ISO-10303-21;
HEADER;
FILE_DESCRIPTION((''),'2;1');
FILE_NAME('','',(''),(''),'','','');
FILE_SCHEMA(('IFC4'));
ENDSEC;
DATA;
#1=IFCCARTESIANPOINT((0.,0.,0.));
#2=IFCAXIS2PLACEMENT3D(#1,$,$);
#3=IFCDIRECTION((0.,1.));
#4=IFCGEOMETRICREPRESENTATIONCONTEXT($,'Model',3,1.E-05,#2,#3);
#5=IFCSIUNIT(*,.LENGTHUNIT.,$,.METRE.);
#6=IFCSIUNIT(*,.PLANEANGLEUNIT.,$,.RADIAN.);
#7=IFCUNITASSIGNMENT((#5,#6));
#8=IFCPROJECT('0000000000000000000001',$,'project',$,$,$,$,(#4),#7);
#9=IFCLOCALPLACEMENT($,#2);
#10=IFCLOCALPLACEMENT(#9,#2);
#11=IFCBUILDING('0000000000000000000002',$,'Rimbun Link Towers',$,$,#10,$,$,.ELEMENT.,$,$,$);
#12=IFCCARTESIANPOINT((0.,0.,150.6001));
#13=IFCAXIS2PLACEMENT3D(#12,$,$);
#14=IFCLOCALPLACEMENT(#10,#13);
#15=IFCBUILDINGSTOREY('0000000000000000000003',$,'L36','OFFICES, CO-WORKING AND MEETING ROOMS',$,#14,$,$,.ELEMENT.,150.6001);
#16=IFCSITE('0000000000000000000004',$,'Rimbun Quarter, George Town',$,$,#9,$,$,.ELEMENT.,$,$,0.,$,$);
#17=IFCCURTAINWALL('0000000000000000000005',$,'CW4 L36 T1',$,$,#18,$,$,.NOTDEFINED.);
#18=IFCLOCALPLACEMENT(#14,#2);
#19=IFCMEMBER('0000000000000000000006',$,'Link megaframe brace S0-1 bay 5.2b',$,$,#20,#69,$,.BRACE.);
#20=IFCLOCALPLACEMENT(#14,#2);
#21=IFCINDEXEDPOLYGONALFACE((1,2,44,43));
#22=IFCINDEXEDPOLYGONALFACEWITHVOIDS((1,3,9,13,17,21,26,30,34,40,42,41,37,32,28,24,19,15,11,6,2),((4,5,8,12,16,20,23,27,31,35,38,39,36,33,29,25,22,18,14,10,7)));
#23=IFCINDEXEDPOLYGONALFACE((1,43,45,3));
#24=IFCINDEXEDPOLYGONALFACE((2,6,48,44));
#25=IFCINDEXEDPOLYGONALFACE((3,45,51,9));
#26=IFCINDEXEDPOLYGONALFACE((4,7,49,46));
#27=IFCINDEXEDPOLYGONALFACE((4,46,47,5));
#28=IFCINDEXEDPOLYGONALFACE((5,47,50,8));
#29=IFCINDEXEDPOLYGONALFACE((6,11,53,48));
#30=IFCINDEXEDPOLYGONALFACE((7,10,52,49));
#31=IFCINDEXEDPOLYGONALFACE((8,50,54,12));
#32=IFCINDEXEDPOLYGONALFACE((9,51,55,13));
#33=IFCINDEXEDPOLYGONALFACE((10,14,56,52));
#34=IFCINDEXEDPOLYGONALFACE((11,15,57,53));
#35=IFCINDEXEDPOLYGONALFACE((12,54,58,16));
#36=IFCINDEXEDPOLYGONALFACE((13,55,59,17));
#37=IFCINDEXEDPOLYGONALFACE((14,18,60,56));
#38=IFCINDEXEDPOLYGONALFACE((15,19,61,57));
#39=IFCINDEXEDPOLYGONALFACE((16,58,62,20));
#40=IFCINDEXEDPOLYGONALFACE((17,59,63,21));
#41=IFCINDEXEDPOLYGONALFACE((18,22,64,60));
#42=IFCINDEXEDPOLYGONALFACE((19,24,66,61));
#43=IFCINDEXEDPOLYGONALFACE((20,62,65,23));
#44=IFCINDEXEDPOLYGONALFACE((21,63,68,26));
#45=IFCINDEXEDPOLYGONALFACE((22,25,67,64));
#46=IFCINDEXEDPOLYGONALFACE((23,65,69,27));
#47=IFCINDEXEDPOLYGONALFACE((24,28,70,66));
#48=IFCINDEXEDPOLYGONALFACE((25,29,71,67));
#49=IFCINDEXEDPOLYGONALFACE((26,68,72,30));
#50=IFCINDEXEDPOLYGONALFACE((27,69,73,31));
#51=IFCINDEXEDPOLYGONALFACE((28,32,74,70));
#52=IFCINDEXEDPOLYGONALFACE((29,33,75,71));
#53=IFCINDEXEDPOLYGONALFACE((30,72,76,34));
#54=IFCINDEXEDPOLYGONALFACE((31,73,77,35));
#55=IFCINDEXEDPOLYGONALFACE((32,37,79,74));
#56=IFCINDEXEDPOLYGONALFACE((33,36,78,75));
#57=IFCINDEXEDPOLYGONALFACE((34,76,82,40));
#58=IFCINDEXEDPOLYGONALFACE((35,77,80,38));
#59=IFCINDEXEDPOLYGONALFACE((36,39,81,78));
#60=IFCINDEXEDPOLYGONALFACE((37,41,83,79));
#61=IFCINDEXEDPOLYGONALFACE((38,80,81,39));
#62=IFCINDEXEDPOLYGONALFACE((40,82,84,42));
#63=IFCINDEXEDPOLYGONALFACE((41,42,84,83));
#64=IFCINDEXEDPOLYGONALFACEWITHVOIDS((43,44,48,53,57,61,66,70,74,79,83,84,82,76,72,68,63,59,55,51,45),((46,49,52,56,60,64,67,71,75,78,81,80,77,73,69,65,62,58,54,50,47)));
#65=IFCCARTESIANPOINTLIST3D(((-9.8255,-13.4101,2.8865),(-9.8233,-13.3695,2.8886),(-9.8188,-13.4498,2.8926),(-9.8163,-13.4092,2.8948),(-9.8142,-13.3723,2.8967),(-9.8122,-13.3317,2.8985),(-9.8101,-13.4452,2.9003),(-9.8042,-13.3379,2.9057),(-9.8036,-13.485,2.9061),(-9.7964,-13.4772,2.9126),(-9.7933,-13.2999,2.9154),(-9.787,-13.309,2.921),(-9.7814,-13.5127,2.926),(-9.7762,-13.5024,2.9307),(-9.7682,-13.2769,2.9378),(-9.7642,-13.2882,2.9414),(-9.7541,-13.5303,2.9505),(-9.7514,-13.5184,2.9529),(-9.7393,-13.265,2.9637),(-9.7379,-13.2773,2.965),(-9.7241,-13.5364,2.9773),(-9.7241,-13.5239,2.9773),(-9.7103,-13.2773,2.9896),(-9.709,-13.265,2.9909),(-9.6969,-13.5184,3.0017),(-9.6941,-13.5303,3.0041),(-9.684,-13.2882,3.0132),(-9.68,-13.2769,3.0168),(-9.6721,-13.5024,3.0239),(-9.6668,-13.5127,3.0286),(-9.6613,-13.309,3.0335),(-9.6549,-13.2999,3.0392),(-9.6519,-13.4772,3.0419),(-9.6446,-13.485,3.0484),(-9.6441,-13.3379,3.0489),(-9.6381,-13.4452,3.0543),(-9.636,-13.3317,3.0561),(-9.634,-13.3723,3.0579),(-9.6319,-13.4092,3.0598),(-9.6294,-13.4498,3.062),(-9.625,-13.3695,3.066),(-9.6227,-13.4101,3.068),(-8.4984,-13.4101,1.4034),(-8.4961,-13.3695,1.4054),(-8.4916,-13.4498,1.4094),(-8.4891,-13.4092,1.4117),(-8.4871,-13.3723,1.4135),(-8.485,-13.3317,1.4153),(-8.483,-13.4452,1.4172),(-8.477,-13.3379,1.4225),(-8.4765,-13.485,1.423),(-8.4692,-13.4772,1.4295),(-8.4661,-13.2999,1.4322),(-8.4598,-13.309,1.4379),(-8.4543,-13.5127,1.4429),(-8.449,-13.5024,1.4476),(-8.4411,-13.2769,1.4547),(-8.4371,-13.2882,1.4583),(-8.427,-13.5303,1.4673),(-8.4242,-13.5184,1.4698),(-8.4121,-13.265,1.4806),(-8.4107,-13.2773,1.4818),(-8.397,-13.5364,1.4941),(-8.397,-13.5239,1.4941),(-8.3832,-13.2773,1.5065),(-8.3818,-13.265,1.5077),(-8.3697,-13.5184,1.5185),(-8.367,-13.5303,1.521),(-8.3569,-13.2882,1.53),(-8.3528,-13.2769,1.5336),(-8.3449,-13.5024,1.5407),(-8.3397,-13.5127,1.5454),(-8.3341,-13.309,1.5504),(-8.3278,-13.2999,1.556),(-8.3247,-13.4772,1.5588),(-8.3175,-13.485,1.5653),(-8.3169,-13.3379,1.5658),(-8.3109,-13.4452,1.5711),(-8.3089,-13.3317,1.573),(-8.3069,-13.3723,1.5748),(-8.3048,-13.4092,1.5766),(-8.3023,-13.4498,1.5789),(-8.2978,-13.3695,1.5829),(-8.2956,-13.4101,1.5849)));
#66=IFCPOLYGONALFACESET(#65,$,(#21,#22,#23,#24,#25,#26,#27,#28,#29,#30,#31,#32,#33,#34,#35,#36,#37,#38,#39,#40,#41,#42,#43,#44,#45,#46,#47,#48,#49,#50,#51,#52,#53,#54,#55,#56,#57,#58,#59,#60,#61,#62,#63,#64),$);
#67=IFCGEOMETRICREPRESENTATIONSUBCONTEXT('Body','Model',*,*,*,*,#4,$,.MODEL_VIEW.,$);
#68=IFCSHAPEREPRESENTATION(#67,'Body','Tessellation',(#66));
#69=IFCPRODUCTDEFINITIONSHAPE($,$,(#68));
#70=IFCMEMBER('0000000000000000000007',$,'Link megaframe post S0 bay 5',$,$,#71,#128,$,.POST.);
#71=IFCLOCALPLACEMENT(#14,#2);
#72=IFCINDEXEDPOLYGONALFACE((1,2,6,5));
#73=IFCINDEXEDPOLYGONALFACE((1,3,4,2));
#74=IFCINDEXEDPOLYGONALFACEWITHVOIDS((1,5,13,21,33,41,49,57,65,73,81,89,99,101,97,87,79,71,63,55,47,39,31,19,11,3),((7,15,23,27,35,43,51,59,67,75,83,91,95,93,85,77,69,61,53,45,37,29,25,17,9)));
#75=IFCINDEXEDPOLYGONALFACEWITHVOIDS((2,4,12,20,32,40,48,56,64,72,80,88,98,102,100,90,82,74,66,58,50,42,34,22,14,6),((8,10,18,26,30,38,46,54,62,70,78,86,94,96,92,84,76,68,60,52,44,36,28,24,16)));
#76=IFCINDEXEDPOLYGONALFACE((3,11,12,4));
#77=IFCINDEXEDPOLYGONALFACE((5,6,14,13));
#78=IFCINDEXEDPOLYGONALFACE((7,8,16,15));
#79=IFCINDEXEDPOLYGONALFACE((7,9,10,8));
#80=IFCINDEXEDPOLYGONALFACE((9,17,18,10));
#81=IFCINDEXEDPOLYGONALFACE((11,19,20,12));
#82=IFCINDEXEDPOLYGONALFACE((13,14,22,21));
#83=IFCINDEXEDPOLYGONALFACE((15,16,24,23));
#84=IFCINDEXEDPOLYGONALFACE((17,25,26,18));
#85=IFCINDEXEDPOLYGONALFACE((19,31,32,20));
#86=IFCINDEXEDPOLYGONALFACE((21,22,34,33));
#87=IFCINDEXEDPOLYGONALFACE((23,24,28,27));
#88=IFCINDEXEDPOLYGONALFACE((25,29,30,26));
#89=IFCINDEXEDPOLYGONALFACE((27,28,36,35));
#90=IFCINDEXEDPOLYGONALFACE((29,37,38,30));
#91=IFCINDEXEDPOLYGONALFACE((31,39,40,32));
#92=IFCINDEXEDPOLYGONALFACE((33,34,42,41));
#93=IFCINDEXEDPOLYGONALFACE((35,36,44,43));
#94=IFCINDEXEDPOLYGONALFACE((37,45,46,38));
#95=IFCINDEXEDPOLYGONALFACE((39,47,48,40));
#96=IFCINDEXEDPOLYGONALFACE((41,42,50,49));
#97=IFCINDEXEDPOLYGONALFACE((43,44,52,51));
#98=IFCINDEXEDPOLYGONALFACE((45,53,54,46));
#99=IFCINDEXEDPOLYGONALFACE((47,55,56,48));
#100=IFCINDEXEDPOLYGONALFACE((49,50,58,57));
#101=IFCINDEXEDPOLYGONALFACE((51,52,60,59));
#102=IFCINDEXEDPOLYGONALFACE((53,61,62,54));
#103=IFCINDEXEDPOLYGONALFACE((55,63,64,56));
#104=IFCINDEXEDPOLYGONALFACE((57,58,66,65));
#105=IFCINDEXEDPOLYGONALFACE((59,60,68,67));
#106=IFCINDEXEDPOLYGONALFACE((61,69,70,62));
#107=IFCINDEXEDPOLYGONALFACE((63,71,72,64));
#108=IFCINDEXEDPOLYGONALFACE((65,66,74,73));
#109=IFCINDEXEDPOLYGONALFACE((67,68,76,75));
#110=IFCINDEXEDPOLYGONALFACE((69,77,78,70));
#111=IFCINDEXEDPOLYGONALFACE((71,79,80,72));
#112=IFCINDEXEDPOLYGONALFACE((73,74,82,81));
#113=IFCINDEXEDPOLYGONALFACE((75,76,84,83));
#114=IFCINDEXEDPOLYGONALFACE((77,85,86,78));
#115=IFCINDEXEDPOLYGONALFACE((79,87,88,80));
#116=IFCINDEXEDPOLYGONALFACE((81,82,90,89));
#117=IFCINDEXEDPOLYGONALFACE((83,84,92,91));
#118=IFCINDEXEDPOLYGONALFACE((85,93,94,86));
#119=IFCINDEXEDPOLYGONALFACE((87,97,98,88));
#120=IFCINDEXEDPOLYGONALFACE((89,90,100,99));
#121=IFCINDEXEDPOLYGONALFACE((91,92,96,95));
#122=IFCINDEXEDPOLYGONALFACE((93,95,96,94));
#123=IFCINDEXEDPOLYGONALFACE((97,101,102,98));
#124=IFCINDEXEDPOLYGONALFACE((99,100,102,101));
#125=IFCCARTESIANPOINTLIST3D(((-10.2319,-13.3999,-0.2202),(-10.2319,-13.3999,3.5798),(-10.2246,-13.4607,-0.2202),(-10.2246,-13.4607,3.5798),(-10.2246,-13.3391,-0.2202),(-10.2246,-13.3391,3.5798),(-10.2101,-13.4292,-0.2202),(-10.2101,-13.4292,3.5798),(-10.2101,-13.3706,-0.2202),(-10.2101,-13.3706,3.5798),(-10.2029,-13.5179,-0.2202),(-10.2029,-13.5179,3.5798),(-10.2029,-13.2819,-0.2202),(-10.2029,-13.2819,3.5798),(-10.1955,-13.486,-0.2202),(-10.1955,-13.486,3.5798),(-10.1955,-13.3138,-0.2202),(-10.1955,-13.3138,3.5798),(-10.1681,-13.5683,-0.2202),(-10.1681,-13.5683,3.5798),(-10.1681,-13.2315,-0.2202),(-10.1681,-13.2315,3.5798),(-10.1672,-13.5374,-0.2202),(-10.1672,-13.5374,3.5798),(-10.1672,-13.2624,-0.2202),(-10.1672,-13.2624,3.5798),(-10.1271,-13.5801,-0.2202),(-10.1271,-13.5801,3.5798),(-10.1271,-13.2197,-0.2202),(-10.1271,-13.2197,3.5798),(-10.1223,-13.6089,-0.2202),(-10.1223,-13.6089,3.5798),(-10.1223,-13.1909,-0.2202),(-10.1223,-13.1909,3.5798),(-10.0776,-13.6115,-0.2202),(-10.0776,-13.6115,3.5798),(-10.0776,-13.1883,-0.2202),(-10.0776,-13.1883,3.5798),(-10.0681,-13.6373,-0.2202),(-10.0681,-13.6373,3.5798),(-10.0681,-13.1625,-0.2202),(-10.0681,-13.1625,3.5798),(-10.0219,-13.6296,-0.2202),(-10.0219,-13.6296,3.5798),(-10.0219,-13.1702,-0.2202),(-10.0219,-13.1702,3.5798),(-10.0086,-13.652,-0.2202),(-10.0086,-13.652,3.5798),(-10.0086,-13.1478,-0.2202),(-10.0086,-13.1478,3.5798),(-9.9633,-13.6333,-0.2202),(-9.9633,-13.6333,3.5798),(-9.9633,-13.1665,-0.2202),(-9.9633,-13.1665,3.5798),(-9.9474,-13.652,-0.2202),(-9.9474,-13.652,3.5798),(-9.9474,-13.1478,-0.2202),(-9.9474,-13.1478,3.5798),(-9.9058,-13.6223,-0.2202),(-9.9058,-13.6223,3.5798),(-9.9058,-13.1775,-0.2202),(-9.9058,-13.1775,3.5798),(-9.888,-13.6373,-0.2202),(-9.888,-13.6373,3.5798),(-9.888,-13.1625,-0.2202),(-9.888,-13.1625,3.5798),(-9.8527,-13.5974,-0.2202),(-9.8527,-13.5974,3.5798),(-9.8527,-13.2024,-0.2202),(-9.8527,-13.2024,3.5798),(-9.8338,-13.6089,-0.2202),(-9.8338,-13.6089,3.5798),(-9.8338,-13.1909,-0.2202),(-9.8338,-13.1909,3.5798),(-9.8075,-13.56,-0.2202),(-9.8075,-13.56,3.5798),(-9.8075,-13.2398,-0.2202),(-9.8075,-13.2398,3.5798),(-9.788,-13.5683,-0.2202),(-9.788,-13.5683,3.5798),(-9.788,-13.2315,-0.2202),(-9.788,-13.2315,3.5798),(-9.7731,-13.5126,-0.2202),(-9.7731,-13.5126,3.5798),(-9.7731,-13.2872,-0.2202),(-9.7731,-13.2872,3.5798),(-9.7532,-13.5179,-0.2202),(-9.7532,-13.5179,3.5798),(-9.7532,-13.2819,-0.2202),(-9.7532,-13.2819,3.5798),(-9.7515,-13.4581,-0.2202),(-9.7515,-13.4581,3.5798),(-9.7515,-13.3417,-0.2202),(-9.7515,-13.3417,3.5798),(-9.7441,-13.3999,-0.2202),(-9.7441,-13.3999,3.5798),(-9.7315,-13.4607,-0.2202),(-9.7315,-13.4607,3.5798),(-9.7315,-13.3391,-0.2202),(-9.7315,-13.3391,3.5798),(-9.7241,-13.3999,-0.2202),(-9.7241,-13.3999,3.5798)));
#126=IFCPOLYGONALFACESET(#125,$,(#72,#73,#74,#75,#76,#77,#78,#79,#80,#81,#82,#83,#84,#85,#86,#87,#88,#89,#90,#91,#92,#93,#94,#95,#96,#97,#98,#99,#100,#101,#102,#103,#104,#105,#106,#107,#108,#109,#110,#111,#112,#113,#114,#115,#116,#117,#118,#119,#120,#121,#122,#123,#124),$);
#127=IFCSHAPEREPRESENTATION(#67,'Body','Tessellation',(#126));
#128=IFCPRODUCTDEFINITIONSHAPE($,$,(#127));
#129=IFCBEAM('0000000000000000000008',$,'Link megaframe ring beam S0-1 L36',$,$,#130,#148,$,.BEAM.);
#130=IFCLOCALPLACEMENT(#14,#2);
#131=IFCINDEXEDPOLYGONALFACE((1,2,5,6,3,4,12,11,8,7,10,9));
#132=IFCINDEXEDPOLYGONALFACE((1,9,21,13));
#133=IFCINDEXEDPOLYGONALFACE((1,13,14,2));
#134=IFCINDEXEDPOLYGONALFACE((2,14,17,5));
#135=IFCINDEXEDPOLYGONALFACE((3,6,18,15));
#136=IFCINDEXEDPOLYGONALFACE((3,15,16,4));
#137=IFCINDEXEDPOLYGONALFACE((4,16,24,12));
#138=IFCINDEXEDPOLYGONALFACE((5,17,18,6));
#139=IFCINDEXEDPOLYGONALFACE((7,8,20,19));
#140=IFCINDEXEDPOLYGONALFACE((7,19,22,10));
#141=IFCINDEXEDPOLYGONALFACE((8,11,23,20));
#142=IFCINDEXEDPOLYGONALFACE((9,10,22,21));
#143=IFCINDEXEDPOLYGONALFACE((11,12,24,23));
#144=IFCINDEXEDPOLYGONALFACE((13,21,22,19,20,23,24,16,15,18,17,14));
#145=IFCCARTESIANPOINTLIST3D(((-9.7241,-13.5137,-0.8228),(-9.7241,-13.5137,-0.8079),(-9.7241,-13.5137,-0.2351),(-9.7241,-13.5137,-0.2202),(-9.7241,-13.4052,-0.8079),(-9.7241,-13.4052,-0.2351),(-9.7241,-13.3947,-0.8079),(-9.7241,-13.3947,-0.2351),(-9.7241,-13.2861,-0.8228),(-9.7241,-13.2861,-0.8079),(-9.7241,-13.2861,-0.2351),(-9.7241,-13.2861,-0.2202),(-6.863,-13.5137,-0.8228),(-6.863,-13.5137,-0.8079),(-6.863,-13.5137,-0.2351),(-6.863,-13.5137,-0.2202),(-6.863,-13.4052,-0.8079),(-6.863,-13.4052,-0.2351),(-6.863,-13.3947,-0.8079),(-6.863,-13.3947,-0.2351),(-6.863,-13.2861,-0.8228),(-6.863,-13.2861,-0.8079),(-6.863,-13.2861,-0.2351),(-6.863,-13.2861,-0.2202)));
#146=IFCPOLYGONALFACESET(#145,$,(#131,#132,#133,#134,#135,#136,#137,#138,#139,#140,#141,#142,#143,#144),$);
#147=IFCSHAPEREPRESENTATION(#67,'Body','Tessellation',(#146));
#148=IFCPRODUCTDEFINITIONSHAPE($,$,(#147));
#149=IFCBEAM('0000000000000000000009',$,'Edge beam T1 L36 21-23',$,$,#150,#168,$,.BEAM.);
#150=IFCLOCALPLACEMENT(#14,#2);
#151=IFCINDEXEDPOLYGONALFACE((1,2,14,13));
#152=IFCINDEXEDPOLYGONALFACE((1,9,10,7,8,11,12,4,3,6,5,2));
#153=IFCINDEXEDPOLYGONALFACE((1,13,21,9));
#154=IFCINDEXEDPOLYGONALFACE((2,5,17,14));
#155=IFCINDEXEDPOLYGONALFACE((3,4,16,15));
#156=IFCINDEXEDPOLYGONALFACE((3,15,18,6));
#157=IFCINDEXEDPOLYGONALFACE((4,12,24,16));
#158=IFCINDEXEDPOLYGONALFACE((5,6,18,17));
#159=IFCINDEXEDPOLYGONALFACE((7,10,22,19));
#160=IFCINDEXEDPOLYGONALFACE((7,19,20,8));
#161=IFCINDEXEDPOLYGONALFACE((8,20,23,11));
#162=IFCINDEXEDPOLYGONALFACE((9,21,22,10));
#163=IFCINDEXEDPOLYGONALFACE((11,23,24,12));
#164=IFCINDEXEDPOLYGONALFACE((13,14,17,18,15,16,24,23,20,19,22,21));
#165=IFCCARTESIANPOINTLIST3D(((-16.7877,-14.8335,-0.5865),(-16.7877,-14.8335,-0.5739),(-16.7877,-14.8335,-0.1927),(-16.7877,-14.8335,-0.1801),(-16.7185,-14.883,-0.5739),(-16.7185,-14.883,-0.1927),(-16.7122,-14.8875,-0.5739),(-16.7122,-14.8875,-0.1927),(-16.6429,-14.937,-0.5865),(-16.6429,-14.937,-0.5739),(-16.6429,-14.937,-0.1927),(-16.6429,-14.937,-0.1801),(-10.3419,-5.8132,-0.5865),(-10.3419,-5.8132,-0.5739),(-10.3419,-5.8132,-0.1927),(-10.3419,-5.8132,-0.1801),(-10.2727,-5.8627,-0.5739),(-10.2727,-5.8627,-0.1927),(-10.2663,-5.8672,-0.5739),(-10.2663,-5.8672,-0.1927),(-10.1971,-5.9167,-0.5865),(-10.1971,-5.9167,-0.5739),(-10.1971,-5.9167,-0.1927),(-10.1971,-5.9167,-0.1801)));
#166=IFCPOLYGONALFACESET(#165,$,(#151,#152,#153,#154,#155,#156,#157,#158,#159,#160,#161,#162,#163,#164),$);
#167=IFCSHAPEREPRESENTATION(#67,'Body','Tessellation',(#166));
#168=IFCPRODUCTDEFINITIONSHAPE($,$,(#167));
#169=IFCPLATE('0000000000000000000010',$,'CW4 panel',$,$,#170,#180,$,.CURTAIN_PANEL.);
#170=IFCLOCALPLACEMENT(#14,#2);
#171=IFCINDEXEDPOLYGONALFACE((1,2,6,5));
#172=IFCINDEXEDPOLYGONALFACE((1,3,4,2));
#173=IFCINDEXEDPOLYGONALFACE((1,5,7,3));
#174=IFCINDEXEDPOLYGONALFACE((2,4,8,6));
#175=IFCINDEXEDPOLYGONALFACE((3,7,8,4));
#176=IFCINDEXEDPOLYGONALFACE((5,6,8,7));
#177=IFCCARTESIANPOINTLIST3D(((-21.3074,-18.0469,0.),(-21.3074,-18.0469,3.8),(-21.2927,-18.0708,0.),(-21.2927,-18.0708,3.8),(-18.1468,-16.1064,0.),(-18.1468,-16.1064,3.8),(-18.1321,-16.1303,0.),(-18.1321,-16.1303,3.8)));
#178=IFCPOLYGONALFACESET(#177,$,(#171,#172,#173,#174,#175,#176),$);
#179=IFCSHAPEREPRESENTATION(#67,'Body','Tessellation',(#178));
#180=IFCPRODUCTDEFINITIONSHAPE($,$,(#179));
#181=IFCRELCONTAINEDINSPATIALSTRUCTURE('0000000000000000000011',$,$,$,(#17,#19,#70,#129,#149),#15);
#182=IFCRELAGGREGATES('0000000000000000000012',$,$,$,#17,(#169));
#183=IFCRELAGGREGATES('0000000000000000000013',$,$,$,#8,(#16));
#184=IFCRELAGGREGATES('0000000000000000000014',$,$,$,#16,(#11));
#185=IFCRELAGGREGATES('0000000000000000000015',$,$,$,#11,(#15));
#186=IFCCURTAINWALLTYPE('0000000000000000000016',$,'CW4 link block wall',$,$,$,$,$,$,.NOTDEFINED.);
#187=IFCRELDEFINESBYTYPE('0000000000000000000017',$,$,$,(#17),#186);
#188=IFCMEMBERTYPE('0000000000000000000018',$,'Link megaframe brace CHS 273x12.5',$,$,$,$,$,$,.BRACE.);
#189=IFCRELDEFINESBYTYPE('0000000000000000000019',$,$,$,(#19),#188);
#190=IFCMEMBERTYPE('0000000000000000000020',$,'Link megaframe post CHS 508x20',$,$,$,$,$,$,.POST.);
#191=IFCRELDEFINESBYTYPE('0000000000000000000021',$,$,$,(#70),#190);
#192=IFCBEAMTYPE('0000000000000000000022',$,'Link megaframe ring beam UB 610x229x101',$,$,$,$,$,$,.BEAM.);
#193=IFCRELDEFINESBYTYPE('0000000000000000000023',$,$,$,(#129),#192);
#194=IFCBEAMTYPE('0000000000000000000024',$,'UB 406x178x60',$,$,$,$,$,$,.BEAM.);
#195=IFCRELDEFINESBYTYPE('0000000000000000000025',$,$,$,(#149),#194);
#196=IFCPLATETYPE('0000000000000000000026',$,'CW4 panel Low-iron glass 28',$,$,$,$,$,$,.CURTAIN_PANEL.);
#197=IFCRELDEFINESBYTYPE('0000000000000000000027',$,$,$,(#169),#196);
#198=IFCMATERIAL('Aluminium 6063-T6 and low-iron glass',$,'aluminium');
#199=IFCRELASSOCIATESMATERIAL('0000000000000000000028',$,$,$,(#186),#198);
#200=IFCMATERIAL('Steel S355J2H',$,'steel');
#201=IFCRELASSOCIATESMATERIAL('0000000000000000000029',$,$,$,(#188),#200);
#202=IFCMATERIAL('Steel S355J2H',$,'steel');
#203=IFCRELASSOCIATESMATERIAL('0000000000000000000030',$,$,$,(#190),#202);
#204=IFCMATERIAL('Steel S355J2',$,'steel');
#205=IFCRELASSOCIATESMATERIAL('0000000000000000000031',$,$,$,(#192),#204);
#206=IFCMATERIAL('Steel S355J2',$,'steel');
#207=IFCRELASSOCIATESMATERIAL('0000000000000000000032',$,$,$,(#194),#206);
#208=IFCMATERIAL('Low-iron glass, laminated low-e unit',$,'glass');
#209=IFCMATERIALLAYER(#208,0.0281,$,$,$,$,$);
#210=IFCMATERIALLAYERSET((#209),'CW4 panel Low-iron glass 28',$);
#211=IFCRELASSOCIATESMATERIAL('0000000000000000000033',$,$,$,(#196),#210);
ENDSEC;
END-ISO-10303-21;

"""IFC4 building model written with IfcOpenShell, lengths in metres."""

from ifc_helpers import new_model, si_unit, direction, frame, origin, origin_2d, place, context, subcontext, project, spatial, rectangle, hollow_circle, i_section, extrude, material, layer, layer_set, material_profile, profile_set, type_object, element, aggregate, save


model = new_model("IFC4")

# Units and contexts
model_context = context("Model", 3, precision=1e-05, world=origin(), true_north=direction((0.0, 1.0)))
body_context = subcontext(model_context, "Body", "Model", "MODEL_VIEW")
ifc_project = project(units=[si_unit("LENGTHUNIT", "METRE"), si_unit("PLANEANGLEUNIT", "RADIAN")], contexts=[model_context])

# Site, building, storey
site_placement = place(None, origin())
site = spatial("IfcSite", under=ifc_project, at=site_placement, Name="Rimbun Quarter, George Town", CompositionType="ELEMENT", RefElevation=0.0)
building_placement = place(site_placement, origin())
building = spatial("IfcBuilding", under=site, at=building_placement, Name="Rimbun Link Towers", CompositionType="ELEMENT")
storey_placement = place(building_placement, frame((0.0, 0.0, 150.6001)))
storey = spatial("IfcBuildingStorey", under=building, at=storey_placement, Name="L36", Description="OFFICES, CO-WORKING AND MEETING ROOMS", CompositionType="ELEMENT", Elevation=150.6001)

# Curtain wall
ifc_material_1 = material(Name="Aluminium 6063-T6 and low-iron glass", Category="aluminium")
curtain_wall_type = type_object("IfcCurtainWallType", Name="CW4 link block wall", PredefinedType="NOTDEFINED", material=ifc_material_1)
curtain_wall_placement = place(storey_placement, origin())
curtain_wall = element("IfcCurtainWall", 1, at=curtain_wall_placement, inside=storey, type_object=curtain_wall_type, Name="CW4 L36 T1", PredefinedType="NOTDEFINED")

# Members
ifc_material_2 = material(Name="Steel S355J2H", Category="steel")
ifc_material_profile_1 = material_profile(ifc_material_2, hollow_circle(Radius=0.1365, WallThickness=0.0125, at=origin_2d()), Name="CHS 273x12.5")
ifc_profile_set_1 = profile_set([ifc_material_profile_1], Name="Steel S355J2H")
member_type_1 = type_object("IfcMemberType", Name="Link megaframe brace CHS 273x12.5", PredefinedType="BRACE", material=ifc_profile_set_1)
member_1_placement = place(storey_placement, frame((-8.397, -13.3999, 1.4941), z_axis=(-0.666827, 0.0, 0.745212), x_axis=(0.0, -1.0, 0.0)))
element("IfcMember", 2, at=member_1_placement, inside=storey, type_object=member_type_1, Name="Link megaframe brace S0-1 bay 5.2b", PredefinedType="BRACE", context=body_context, shape_type="SweptSolid", body=[
    extrude(hollow_circle(Radius=0.1365, WallThickness=0.0125, at=origin_2d()), origin(), (0.0, 0.0, 1.0), 1.9902),
])
ifc_material_3 = material(Name="Steel S355J2H", Category="steel")
ifc_material_profile_2 = material_profile(ifc_material_3, hollow_circle(Radius=0.2539, WallThickness=0.02, at=origin_2d()), Name="CHS 508x20")
ifc_profile_set_2 = profile_set([ifc_material_profile_2], Name="Steel S355J2H")
member_type_2 = type_object("IfcMemberType", Name="Link megaframe post CHS 508x20", PredefinedType="POST", material=ifc_profile_set_2)
member_2_placement = place(storey_placement, frame((-9.978, -13.3999, -0.2202), z_axis=(0.0, 0.0, 1.0), x_axis=(1.0, 0.0, 0.0)))
element("IfcMember", 3, at=member_2_placement, inside=storey, type_object=member_type_2, Name="Link megaframe post S0 bay 5", PredefinedType="POST", context=body_context, shape_type="SweptSolid", body=[
    extrude(hollow_circle(Radius=0.2539, WallThickness=0.02, at=origin_2d()), origin(), (0.0, 0.0, 1.0), 3.8),
])

# Beams
ifc_material_4 = material(Name="Steel S355J2", Category="steel")
ifc_material_profile_3 = material_profile(ifc_material_4, i_section(OverallWidth=0.2275, OverallDepth=0.6025, WebThickness=0.0105, FlangeThickness=0.0149, at=origin_2d()), Name="UB 610x229x101")
ifc_profile_set_3 = profile_set([ifc_material_profile_3], Name="Steel S355J2")
beam_type_1 = type_object("IfcBeamType", Name="Link megaframe ring beam UB 610x229x101", PredefinedType="BEAM", material=ifc_profile_set_3)
beam_1_placement = place(storey_placement, frame((-9.7241, -13.3999, -0.5215), z_axis=(1.0, 0.0, 0.0), x_axis=(0.0, 1.0, 0.0)))
element("IfcBeam", 4, at=beam_1_placement, inside=storey, type_object=beam_type_1, Name="Link megaframe ring beam S0-1 L36", PredefinedType="BEAM", context=body_context, shape_type="SweptSolid", body=[
    extrude(i_section(OverallWidth=0.2275, OverallDepth=0.6025, WebThickness=0.0105, FlangeThickness=0.0149, at=origin_2d()), origin(), (0.0, 0.0, 1.0), 2.8611),
])
ifc_material_5 = material(Name="Steel S355J2", Category="steel")
ifc_material_profile_4 = material_profile(ifc_material_5, i_section(OverallWidth=0.178, OverallDepth=0.4065, WebThickness=0.0078, FlangeThickness=0.0127, at=origin_2d()), Name="UB 406x178x60")
ifc_profile_set_4 = profile_set([ifc_material_profile_4], Name="Steel S355J2")
beam_type_2 = type_object("IfcBeamType", Name="UB 406x178x60", PredefinedType="BEAM", material=ifc_profile_set_4)
beam_2_placement = place(storey_placement, frame((-16.7153, -14.8853, -0.3833), z_axis=(0.581403, 0.813616, 0.0), x_axis=(-0.813616, 0.581403, 0.0)))
element("IfcBeam", 5, at=beam_2_placement, inside=storey, type_object=beam_type_2, Name="Edge beam T1 L36 21-23", PredefinedType="BEAM", context=body_context, shape_type="SweptSolid", body=[
    extrude(i_section(OverallWidth=0.178, OverallDepth=0.4065, WebThickness=0.0078, FlangeThickness=0.0127, at=origin_2d()), origin(), (0.0, 0.0, 1.0), 11.0867),
])

# Plate
ifc_material_6 = material(Name="Low-iron glass, laminated low-e unit", Category="glass")
ifc_layer_1 = layer(ifc_material_6, 0.0281)
ifc_layer_set_1 = layer_set([ifc_layer_1], Name="CW4 panel Low-iron glass 28")
plate_type = type_object("IfcPlateType", Name="CW4 panel Low-iron glass 28", PredefinedType="CURTAIN_PANEL", material=ifc_layer_set_1)
plate_1_placement = place(storey_placement, frame((-19.7197, -17.0886, 0.0), z_axis=(0.0, 0.0, 1.0), x_axis=(-0.852194, -0.523225, 0.0)))
plate_1 = element("IfcPlate", 6, at=plate_1_placement, type_object=plate_type, Name="CW4 panel", PredefinedType="CURTAIN_PANEL", context=body_context, shape_type="SweptSolid", body=[
    extrude(rectangle(XDim=3.7087, YDim=0.0281, at=origin_2d()), origin(), (0.0, 0.0, 1.0), 3.8),
])
aggregate(curtain_wall, [plate_1])

save(model, "model.ifc")
